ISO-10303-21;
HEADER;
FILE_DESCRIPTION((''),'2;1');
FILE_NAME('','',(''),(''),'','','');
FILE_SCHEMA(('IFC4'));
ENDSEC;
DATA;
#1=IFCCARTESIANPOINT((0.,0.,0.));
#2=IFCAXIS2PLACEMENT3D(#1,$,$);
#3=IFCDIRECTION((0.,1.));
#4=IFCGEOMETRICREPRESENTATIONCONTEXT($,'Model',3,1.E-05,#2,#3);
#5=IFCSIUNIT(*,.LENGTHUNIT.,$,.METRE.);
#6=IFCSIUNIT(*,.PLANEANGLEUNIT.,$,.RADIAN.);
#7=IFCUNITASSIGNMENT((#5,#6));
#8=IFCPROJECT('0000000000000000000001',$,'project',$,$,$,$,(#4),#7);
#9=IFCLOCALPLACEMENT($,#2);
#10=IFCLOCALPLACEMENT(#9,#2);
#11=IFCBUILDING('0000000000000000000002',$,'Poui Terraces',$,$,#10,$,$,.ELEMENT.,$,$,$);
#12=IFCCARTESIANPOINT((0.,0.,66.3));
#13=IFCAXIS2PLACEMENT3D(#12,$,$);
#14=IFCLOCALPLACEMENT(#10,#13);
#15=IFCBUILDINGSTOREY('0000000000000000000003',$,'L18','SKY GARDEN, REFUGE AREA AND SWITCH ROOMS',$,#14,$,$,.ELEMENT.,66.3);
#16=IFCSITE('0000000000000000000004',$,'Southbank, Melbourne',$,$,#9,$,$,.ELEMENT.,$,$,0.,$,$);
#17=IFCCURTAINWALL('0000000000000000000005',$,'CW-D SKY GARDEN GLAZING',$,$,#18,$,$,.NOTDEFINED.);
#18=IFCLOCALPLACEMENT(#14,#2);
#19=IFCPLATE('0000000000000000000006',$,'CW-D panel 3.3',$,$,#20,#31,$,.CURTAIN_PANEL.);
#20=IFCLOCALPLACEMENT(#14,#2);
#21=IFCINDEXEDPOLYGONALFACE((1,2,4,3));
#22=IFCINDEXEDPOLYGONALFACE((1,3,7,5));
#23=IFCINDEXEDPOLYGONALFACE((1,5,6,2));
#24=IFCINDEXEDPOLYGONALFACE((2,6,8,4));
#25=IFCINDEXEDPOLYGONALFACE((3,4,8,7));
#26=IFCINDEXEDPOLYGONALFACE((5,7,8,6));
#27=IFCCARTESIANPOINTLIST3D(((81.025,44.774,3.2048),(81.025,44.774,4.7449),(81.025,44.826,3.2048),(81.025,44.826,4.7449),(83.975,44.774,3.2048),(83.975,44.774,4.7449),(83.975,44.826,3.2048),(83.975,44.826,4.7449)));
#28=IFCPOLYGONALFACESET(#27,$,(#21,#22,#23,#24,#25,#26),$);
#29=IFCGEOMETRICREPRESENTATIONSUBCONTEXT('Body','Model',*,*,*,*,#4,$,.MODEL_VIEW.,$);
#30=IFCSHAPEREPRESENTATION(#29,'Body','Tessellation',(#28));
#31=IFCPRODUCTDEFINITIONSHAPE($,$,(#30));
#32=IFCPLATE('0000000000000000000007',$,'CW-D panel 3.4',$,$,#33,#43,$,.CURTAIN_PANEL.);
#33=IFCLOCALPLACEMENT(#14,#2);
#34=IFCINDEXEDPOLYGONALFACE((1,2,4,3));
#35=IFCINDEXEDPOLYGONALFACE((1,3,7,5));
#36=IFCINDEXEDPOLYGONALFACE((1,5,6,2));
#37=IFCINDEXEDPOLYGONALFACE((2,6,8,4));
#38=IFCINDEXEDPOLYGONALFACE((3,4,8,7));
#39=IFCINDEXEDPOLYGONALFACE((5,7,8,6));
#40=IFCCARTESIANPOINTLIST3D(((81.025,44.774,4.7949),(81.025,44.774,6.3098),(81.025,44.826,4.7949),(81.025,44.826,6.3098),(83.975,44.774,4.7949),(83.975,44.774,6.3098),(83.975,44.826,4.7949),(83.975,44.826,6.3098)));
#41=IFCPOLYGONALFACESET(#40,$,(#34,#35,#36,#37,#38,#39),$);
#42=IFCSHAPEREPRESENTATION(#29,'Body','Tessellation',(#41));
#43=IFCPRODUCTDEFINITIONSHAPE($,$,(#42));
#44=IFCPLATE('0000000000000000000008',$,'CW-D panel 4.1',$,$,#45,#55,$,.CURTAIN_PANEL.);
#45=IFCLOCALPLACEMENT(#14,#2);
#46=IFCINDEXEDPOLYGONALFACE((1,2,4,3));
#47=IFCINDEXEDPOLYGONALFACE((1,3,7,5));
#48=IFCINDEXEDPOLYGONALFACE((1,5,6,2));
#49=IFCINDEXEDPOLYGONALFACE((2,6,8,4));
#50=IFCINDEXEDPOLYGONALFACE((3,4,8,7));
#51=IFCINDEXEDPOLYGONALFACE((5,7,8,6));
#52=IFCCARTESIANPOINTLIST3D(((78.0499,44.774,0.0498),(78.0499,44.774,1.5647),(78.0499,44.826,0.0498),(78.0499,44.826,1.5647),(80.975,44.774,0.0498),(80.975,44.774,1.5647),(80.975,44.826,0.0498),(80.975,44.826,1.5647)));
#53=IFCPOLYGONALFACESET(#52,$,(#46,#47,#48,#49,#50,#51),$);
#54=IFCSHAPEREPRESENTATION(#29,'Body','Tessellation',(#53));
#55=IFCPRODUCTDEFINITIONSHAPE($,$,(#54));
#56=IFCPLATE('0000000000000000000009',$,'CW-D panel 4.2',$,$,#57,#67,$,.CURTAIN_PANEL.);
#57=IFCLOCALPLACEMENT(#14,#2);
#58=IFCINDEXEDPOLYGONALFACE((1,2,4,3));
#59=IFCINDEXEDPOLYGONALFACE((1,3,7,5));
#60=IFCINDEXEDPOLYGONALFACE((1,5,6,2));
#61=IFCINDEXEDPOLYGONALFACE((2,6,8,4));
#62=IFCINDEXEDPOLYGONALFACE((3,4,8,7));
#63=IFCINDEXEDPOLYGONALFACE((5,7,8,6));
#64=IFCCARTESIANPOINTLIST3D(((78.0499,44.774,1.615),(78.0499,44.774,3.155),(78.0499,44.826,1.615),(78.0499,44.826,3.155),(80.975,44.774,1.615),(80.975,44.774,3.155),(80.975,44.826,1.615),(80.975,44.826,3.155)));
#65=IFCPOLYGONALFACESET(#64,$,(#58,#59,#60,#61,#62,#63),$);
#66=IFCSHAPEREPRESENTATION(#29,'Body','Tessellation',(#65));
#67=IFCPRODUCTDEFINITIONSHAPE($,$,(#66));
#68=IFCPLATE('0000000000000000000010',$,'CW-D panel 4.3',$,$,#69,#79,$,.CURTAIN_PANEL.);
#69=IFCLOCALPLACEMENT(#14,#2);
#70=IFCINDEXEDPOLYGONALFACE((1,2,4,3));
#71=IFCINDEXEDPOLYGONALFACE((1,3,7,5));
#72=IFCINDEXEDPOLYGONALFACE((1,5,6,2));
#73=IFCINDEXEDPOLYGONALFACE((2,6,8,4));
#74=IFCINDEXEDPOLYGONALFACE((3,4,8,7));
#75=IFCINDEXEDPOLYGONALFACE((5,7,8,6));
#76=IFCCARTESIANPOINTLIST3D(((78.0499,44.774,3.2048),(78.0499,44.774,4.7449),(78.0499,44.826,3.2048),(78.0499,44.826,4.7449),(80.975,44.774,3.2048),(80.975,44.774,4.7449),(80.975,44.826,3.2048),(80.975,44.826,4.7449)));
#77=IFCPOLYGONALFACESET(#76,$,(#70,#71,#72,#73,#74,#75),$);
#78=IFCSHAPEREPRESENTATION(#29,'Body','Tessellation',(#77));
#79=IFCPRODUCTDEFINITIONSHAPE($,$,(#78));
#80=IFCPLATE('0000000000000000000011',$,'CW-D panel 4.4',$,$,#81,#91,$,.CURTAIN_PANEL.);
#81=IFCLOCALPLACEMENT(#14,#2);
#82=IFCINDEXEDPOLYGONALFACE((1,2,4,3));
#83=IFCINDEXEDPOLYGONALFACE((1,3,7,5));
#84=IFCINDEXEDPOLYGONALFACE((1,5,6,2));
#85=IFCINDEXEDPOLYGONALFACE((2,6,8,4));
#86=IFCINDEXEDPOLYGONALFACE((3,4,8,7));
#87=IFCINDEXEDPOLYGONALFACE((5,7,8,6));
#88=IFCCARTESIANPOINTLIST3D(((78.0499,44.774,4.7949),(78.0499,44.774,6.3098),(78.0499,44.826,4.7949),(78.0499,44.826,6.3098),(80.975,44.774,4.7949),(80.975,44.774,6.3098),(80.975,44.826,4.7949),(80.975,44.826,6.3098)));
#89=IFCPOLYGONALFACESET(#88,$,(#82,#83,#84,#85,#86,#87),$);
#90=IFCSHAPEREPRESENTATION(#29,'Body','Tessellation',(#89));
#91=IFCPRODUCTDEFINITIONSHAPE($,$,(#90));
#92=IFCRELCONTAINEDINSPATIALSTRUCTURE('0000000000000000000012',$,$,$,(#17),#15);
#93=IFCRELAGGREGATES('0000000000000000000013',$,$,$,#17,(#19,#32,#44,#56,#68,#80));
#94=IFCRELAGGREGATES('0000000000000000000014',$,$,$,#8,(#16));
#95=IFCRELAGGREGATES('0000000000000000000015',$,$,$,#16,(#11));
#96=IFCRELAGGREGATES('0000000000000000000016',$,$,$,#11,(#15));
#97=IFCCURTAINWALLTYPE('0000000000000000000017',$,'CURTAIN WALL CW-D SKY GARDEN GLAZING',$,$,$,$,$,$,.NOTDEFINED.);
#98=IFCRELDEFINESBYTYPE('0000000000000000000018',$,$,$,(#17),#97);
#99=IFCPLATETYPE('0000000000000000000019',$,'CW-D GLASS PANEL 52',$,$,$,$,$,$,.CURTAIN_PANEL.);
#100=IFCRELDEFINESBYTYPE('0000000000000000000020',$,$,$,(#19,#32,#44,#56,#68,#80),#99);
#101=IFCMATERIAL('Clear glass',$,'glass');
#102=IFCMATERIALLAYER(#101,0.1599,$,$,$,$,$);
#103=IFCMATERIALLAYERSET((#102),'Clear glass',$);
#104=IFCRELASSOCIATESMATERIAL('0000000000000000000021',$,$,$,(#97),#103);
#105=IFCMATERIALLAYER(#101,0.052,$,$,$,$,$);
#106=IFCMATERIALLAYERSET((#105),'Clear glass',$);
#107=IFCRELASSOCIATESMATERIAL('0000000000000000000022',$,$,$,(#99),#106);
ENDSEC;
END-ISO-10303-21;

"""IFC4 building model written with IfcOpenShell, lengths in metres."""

from ifc_helpers import new_model, si_unit, direction, frame, origin, origin_2d, place, context, subcontext, project, spatial, rectangle, extrude, material, layer, layer_set, type_object, element, aggregate, save


model = new_model("IFC4")

# Units and contexts
model_context = context("Model", 3, precision=1e-05, world=origin(), true_north=direction((0.0, 1.0)))
body_context = subcontext(model_context, "Body", "Model", "MODEL_VIEW")
ifc_project = project(units=[si_unit("LENGTHUNIT", "METRE"), si_unit("PLANEANGLEUNIT", "RADIAN")], contexts=[model_context])

# Site, building, storey
site_placement = place(None, origin())
site = spatial("IfcSite", under=ifc_project, at=site_placement, Name="Southbank, Melbourne", CompositionType="ELEMENT", RefElevation=0.0)
building_placement = place(site_placement, origin())
building = spatial("IfcBuilding", under=site, at=building_placement, Name="Poui Terraces", CompositionType="ELEMENT")
storey_placement = place(building_placement, frame((0.0, 0.0, 66.3)))
storey = spatial("IfcBuildingStorey", under=building, at=storey_placement, Name="L18", Description="SKY GARDEN, REFUGE AREA AND SWITCH ROOMS", CompositionType="ELEMENT", Elevation=66.3)

# Curtain wall
ifc_material_1 = material(Name="Clear glass", Category="glass")
ifc_layer_1 = layer(ifc_material_1, 0.1599)
ifc_layer_set_1 = layer_set([ifc_layer_1], Name="Clear glass")
curtain_wall_type = type_object("IfcCurtainWallType", Name="CURTAIN WALL CW-D SKY GARDEN GLAZING", PredefinedType="NOTDEFINED", material=ifc_layer_set_1)
curtain_wall_1_placement = place(storey_placement, origin())
curtain_wall_1 = element("IfcCurtainWall", 1, at=curtain_wall_1_placement, inside=storey, type_object=curtain_wall_type, Name="CW-D SKY GARDEN GLAZING", PredefinedType="NOTDEFINED")

# Plates
ifc_layer_2 = layer(ifc_material_1, 0.052)
ifc_layer_set_2 = layer_set([ifc_layer_2], Name="Clear glass")
plate_type = type_object("IfcPlateType", Name="CW-D GLASS PANEL 52", PredefinedType="CURTAIN_PANEL", material=ifc_layer_set_2)
plate_1_placement = place(storey_placement, frame((82.5, 44.8, 3.2048), z_axis=(0.0, 0.0, 1.0), x_axis=(-1.0, 0.0, 0.0)))
plate_1 = element("IfcPlate", 2, at=plate_1_placement, type_object=plate_type, Name="CW-D panel 3.3", PredefinedType="CURTAIN_PANEL", context=body_context, shape_type="SweptSolid", body=[
    extrude(rectangle(XDim=2.95, YDim=0.052, at=origin_2d()), origin(), (0.0, 0.0, 1.0), 1.54),
])
plate_2_placement = place(storey_placement, frame((82.5, 44.8, 4.7949), z_axis=(0.0, 0.0, 1.0), x_axis=(-1.0, 0.0, 0.0)))
plate_2 = element("IfcPlate", 3, at=plate_2_placement, type_object=plate_type, Name="CW-D panel 3.4", PredefinedType="CURTAIN_PANEL", context=body_context, shape_type="SweptSolid", body=[
    extrude(rectangle(XDim=2.95, YDim=0.052, at=origin_2d()), origin(), (0.0, 0.0, 1.0), 1.5149),
])
plate_3_placement = place(storey_placement, frame((79.5125, 44.8, 0.0498), z_axis=(0.0, 0.0, 1.0), x_axis=(-1.0, 0.0, 0.0)))
plate_3 = element("IfcPlate", 4, at=plate_3_placement, type_object=plate_type, Name="CW-D panel 4.1", PredefinedType="CURTAIN_PANEL", context=body_context, shape_type="SweptSolid", body=[
    extrude(rectangle(XDim=2.925, YDim=0.052, at=origin_2d()), origin(), (0.0, 0.0, 1.0), 1.5149),
])
plate_4_placement = place(storey_placement, frame((79.5125, 44.8, 1.615), z_axis=(0.0, 0.0, 1.0), x_axis=(-1.0, 0.0, 0.0)))
plate_4 = element("IfcPlate", 5, at=plate_4_placement, type_object=plate_type, Name="CW-D panel 4.2", PredefinedType="CURTAIN_PANEL", context=body_context, shape_type="SweptSolid", body=[
    extrude(rectangle(XDim=2.925, YDim=0.052, at=origin_2d()), origin(), (0.0, 0.0, 1.0), 1.54),
])
plate_5_placement = place(storey_placement, frame((79.5125, 44.8, 3.2048), z_axis=(0.0, 0.0, 1.0), x_axis=(-1.0, 0.0, 0.0)))
plate_5 = element("IfcPlate", 6, at=plate_5_placement, type_object=plate_type, Name="CW-D panel 4.3", PredefinedType="CURTAIN_PANEL", context=body_context, shape_type="SweptSolid", body=[
    extrude(rectangle(XDim=2.925, YDim=0.052, at=origin_2d()), origin(), (0.0, 0.0, 1.0), 1.54),
])
plate_6_placement = place(storey_placement, frame((79.5125, 44.8, 4.7949), z_axis=(0.0, 0.0, 1.0), x_axis=(-1.0, 0.0, 0.0)))
plate_6 = element("IfcPlate", 7, at=plate_6_placement, type_object=plate_type, Name="CW-D panel 4.4", PredefinedType="CURTAIN_PANEL", context=body_context, shape_type="SweptSolid", body=[
    extrude(rectangle(XDim=2.925, YDim=0.052, at=origin_2d()), origin(), (0.0, 0.0, 1.0), 1.5149),
])
aggregate(curtain_wall_1, [plate_1, plate_2, plate_3, plate_4, plate_5, plate_6])

save(model, "model.ifc")
